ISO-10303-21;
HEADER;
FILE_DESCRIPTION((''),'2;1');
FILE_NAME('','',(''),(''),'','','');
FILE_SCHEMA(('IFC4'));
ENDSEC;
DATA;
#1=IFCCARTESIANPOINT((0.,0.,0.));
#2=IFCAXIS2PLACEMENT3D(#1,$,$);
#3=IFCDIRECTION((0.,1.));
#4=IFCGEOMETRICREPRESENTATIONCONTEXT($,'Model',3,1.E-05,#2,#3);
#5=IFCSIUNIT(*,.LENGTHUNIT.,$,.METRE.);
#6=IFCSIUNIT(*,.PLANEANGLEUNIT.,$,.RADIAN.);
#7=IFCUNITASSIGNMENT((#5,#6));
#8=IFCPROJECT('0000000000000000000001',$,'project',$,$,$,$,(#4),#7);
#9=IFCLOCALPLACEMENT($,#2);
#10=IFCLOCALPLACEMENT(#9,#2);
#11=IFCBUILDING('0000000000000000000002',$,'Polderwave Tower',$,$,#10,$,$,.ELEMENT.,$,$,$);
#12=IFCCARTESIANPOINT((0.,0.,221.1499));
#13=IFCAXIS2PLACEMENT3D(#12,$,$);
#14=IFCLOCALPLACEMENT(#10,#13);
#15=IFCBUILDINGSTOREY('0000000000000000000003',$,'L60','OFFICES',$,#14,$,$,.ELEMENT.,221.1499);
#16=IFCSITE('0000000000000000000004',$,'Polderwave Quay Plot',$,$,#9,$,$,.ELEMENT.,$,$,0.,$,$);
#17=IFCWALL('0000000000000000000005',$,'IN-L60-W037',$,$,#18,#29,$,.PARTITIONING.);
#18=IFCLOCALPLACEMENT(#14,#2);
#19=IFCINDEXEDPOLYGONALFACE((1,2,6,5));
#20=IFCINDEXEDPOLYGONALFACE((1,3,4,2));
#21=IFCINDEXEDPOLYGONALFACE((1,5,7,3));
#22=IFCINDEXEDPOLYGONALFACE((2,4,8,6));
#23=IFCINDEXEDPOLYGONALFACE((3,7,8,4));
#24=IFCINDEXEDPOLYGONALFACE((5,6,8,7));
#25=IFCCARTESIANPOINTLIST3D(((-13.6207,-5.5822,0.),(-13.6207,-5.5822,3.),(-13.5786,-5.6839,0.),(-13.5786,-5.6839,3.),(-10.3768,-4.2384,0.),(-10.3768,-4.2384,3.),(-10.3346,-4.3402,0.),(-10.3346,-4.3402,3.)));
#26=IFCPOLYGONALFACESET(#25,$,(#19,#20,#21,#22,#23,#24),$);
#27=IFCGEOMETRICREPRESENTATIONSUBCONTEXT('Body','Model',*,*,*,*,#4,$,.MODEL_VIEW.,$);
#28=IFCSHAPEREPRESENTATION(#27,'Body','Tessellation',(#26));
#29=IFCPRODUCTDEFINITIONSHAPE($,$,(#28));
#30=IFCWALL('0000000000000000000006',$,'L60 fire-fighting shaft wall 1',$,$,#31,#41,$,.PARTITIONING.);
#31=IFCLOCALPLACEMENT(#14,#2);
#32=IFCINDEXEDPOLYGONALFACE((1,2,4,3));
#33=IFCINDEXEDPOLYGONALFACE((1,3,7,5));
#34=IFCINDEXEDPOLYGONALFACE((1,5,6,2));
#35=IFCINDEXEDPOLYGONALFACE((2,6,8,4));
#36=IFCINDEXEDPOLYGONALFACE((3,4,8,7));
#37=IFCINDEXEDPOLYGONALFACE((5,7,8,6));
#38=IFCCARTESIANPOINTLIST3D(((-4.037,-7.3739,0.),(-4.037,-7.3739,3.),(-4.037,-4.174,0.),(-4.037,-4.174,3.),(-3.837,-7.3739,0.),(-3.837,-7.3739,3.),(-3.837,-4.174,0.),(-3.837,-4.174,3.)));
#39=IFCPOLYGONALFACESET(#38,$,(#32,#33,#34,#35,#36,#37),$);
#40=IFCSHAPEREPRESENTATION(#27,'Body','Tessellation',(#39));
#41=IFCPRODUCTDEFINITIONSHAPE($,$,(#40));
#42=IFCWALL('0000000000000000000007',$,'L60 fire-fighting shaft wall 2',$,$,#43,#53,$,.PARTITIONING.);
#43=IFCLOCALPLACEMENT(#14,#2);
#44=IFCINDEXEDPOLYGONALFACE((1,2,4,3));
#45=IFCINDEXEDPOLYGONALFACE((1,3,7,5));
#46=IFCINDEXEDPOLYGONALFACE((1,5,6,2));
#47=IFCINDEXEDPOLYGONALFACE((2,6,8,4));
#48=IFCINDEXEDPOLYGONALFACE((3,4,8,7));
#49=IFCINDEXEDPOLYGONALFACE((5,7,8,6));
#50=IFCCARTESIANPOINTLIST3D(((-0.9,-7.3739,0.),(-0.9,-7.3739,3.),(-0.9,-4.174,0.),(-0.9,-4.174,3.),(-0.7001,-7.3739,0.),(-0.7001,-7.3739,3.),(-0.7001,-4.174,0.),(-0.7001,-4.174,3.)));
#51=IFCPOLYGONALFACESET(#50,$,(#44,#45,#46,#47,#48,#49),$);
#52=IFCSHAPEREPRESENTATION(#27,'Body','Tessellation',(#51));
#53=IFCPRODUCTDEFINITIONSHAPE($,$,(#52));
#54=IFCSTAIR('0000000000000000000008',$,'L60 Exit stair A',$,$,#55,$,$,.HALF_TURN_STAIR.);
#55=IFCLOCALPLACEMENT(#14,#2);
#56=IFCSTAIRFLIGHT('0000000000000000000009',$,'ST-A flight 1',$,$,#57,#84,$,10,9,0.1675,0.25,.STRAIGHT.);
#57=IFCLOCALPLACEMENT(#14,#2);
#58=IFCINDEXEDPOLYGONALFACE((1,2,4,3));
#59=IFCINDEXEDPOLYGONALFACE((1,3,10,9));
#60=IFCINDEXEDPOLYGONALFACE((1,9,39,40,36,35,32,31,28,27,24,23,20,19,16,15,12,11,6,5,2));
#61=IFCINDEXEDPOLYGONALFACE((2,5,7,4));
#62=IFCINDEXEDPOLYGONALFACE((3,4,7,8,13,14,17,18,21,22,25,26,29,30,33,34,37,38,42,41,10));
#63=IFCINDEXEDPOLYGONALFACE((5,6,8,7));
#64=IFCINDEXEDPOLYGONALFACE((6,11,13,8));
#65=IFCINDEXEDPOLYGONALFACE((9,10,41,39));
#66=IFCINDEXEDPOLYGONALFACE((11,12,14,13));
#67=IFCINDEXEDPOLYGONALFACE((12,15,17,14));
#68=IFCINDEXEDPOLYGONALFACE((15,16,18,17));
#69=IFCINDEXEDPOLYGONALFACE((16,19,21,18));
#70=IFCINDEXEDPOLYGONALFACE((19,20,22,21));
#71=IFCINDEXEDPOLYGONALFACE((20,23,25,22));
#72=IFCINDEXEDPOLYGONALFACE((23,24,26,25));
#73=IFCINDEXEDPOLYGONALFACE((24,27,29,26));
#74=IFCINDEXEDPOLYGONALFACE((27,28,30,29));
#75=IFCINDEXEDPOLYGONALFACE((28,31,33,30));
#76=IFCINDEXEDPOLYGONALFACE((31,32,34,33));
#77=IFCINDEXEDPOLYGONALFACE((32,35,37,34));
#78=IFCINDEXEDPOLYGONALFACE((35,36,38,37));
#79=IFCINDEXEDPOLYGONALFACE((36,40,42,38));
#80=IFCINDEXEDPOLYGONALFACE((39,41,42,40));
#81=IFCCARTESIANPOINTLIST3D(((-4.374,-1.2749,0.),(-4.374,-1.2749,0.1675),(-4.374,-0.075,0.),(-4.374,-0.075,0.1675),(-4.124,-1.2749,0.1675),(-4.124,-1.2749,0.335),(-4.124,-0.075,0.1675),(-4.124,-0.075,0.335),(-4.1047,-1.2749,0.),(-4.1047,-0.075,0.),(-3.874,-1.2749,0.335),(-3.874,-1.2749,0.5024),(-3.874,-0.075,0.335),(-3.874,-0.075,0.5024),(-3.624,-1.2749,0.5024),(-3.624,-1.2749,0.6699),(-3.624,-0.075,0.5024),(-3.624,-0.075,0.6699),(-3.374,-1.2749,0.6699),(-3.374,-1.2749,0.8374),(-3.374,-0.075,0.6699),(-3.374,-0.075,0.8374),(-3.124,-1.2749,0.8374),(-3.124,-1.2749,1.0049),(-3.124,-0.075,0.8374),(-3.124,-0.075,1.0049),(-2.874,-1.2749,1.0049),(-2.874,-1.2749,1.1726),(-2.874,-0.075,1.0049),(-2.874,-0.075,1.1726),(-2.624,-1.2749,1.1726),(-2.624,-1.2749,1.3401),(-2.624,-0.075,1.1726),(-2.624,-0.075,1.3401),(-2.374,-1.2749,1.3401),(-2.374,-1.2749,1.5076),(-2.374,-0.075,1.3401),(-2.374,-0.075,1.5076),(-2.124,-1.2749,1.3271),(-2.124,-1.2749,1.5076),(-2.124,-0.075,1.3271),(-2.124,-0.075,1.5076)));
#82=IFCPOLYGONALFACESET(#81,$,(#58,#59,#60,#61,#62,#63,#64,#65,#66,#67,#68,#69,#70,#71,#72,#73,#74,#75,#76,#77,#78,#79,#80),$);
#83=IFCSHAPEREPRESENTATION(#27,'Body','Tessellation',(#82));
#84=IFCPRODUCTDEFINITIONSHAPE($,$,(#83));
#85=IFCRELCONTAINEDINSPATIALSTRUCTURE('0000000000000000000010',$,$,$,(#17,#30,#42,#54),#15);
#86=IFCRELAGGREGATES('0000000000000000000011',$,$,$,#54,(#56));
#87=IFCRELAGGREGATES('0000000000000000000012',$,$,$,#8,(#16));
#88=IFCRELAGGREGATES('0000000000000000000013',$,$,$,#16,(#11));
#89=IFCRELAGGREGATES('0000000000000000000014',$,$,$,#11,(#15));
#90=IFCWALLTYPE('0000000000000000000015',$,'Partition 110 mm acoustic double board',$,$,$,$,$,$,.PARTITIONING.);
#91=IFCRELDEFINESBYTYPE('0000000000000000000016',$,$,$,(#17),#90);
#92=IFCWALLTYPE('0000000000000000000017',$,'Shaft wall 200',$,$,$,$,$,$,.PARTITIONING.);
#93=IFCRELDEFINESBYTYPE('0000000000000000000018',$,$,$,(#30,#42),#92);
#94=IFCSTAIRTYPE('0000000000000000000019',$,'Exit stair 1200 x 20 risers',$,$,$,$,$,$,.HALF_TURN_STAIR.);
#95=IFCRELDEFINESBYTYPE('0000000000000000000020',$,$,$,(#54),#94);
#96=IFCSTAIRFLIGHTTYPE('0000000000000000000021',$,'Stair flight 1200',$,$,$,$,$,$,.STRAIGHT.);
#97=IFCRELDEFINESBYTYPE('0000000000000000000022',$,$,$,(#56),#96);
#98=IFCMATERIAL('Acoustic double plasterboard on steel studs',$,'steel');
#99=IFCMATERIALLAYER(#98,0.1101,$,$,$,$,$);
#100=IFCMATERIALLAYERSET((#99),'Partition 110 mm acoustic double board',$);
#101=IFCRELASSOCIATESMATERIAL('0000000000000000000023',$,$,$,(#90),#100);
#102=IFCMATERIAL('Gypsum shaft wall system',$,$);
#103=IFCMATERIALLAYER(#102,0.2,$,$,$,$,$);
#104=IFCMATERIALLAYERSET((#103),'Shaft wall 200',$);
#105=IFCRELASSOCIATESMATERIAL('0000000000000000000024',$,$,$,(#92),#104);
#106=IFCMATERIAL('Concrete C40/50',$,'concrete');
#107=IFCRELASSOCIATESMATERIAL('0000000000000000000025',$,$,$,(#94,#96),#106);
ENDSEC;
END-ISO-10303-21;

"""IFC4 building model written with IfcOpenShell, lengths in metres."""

from ifc_helpers import new_model, si_unit, direction, frame, frame_2d, origin, place, context, subcontext, project, spatial, polyline, rectangle, outline, extrude, material, layer, layer_set, type_object, element, aggregate, save


model = new_model("IFC4")

# Units and contexts
model_context = context("Model", 3, precision=1e-05, world=origin(), true_north=direction((0.0, 1.0)))
body_context = subcontext(model_context, "Body", "Model", "MODEL_VIEW")
ifc_project = project(units=[si_unit("LENGTHUNIT", "METRE"), si_unit("PLANEANGLEUNIT", "RADIAN")], contexts=[model_context])

# Site, building, storey
site_placement = place(None, origin())
site = spatial("IfcSite", under=ifc_project, at=site_placement, Name="Polderwave Quay Plot", CompositionType="ELEMENT", RefElevation=0.0)
building_placement = place(site_placement, origin())
building = spatial("IfcBuilding", under=site, at=building_placement, Name="Polderwave Tower", CompositionType="ELEMENT")
storey_placement = place(building_placement, frame((0.0, 0.0, 221.1499)))
storey = spatial("IfcBuildingStorey", under=building, at=storey_placement, Name="L60", Description="OFFICES", CompositionType="ELEMENT", Elevation=221.1499)

# Shared definitions
ifc_material_1 = material(Name="Concrete C40/50", Category="concrete")

# Walls
ifc_material_2 = material(Name="Acoustic double plasterboard on steel studs", Category="steel")
ifc_layer_1 = layer(ifc_material_2, 0.1101)
ifc_layer_set_1 = layer_set([ifc_layer_1], Name="Partition 110 mm acoustic double board")
wall_type_1 = type_object("IfcWallType", Name="Partition 110 mm acoustic double board", PredefinedType="PARTITIONING", material=ifc_layer_set_1)
wall_1_placement = place(storey_placement, frame((-10.3557, -4.2893, 0.0), z_axis=(0.0, 0.0, 1.0), x_axis=(-0.923871, -0.382704, 0.0)))
element("IfcWall", 1, at=wall_1_placement, inside=storey, type_object=wall_type_1, Name="IN-L60-W037", PredefinedType="PARTITIONING", context=body_context, shape_type="SweptSolid", body=[
    extrude(rectangle(XDim=3.5112, YDim=0.1101, at=frame_2d((1.7556, 0.0))), origin(), (0.0, 0.0, 1.0), 3.0),
])
ifc_material_3 = material(Name="Gypsum shaft wall system")
ifc_layer_2 = layer(ifc_material_3, 0.2)
ifc_layer_set_2 = layer_set([ifc_layer_2], Name="Shaft wall 200")
wall_type_2 = type_object("IfcWallType", Name="Shaft wall 200", PredefinedType="PARTITIONING", material=ifc_layer_set_2)
for number, where, z_axis, x_axis, name in (
    (2, (-3.937, -7.374, 0.0), (0.0, 0.0, 1.0), (0.0, 1.0, 0.0), "L60 fire-fighting shaft wall 1"),
    (3, (-0.8, -7.374, 0.0), (0.0, 0.0, 1.0), (0.0, 1.0, 0.0), "L60 fire-fighting shaft wall 2"),
):
    element("IfcWall", number, at=place(storey_placement, frame(where, z_axis=z_axis, x_axis=x_axis)), inside=storey, type_object=wall_type_2, Name=name, PredefinedType="PARTITIONING", context=body_context, shape_type="SweptSolid", body=[
        extrude(rectangle(XDim=3.2, YDim=0.2, at=frame_2d((1.6001, 0.0))), origin(), (0.0, 0.0, 1.0), 3.0),
    ])

# Stair, stair flight
stair_type = type_object("IfcStairType", Name="Exit stair 1200 x 20 risers", PredefinedType="HALF_TURN_STAIR", material=ifc_material_1)
stair_placement = place(storey_placement, origin())
stair = element("IfcStair", 4, at=stair_placement, inside=storey, type_object=stair_type, Name="L60 Exit stair A", PredefinedType="HALF_TURN_STAIR")
stair_flight_type = type_object("IfcStairFlightType", Name="Stair flight 1200", PredefinedType="STRAIGHT", material=ifc_material_1)
stair_flight_placement = place(storey_placement, frame((-4.374, -0.675, 0.0), z_axis=(0.0, 0.0, 1.0), x_axis=(1.0, 0.0, 0.0)))
stair_flight = element("IfcStairFlight", 5, at=stair_flight_placement, type_object=stair_flight_type, Name="ST-A flight 1", NumberOfRisers=10, NumberOfTreads=9, PredefinedType="STRAIGHT", RiserHeight=0.1675, TreadLength=0.25, context=body_context, shape_type="SweptSolid", body=[
    extrude(outline(polyline([(0.0, 0.0), (0.0, 0.1675), (0.25, 0.1675), (0.25, 0.335), (0.5, 0.335), (0.5, 0.5024), (0.75, 0.5024), (0.75, 0.6699), (1.0, 0.6699), (1.0, 0.8374), (1.25, 0.8374), (1.25, 1.0049), (1.5, 1.0049), (1.5, 1.1726), (1.75, 1.1726), (1.75, 1.3401), (2.0, 1.3401), (2.0, 1.5076), (2.25, 1.5076), (2.25, 1.675), (2.25, 1.3271), (0.2693, 0.0), (0.0, 0.0)])), frame((0.0, 0.6001, 0.0), z_axis=(0.0, -1.0, 0.0), x_axis=(1.0, 0.0, 0.0)), (0.0, 0.0, 1.0), 1.2),
])
aggregate(stair, [stair_flight])

save(model, "model.ifc")
